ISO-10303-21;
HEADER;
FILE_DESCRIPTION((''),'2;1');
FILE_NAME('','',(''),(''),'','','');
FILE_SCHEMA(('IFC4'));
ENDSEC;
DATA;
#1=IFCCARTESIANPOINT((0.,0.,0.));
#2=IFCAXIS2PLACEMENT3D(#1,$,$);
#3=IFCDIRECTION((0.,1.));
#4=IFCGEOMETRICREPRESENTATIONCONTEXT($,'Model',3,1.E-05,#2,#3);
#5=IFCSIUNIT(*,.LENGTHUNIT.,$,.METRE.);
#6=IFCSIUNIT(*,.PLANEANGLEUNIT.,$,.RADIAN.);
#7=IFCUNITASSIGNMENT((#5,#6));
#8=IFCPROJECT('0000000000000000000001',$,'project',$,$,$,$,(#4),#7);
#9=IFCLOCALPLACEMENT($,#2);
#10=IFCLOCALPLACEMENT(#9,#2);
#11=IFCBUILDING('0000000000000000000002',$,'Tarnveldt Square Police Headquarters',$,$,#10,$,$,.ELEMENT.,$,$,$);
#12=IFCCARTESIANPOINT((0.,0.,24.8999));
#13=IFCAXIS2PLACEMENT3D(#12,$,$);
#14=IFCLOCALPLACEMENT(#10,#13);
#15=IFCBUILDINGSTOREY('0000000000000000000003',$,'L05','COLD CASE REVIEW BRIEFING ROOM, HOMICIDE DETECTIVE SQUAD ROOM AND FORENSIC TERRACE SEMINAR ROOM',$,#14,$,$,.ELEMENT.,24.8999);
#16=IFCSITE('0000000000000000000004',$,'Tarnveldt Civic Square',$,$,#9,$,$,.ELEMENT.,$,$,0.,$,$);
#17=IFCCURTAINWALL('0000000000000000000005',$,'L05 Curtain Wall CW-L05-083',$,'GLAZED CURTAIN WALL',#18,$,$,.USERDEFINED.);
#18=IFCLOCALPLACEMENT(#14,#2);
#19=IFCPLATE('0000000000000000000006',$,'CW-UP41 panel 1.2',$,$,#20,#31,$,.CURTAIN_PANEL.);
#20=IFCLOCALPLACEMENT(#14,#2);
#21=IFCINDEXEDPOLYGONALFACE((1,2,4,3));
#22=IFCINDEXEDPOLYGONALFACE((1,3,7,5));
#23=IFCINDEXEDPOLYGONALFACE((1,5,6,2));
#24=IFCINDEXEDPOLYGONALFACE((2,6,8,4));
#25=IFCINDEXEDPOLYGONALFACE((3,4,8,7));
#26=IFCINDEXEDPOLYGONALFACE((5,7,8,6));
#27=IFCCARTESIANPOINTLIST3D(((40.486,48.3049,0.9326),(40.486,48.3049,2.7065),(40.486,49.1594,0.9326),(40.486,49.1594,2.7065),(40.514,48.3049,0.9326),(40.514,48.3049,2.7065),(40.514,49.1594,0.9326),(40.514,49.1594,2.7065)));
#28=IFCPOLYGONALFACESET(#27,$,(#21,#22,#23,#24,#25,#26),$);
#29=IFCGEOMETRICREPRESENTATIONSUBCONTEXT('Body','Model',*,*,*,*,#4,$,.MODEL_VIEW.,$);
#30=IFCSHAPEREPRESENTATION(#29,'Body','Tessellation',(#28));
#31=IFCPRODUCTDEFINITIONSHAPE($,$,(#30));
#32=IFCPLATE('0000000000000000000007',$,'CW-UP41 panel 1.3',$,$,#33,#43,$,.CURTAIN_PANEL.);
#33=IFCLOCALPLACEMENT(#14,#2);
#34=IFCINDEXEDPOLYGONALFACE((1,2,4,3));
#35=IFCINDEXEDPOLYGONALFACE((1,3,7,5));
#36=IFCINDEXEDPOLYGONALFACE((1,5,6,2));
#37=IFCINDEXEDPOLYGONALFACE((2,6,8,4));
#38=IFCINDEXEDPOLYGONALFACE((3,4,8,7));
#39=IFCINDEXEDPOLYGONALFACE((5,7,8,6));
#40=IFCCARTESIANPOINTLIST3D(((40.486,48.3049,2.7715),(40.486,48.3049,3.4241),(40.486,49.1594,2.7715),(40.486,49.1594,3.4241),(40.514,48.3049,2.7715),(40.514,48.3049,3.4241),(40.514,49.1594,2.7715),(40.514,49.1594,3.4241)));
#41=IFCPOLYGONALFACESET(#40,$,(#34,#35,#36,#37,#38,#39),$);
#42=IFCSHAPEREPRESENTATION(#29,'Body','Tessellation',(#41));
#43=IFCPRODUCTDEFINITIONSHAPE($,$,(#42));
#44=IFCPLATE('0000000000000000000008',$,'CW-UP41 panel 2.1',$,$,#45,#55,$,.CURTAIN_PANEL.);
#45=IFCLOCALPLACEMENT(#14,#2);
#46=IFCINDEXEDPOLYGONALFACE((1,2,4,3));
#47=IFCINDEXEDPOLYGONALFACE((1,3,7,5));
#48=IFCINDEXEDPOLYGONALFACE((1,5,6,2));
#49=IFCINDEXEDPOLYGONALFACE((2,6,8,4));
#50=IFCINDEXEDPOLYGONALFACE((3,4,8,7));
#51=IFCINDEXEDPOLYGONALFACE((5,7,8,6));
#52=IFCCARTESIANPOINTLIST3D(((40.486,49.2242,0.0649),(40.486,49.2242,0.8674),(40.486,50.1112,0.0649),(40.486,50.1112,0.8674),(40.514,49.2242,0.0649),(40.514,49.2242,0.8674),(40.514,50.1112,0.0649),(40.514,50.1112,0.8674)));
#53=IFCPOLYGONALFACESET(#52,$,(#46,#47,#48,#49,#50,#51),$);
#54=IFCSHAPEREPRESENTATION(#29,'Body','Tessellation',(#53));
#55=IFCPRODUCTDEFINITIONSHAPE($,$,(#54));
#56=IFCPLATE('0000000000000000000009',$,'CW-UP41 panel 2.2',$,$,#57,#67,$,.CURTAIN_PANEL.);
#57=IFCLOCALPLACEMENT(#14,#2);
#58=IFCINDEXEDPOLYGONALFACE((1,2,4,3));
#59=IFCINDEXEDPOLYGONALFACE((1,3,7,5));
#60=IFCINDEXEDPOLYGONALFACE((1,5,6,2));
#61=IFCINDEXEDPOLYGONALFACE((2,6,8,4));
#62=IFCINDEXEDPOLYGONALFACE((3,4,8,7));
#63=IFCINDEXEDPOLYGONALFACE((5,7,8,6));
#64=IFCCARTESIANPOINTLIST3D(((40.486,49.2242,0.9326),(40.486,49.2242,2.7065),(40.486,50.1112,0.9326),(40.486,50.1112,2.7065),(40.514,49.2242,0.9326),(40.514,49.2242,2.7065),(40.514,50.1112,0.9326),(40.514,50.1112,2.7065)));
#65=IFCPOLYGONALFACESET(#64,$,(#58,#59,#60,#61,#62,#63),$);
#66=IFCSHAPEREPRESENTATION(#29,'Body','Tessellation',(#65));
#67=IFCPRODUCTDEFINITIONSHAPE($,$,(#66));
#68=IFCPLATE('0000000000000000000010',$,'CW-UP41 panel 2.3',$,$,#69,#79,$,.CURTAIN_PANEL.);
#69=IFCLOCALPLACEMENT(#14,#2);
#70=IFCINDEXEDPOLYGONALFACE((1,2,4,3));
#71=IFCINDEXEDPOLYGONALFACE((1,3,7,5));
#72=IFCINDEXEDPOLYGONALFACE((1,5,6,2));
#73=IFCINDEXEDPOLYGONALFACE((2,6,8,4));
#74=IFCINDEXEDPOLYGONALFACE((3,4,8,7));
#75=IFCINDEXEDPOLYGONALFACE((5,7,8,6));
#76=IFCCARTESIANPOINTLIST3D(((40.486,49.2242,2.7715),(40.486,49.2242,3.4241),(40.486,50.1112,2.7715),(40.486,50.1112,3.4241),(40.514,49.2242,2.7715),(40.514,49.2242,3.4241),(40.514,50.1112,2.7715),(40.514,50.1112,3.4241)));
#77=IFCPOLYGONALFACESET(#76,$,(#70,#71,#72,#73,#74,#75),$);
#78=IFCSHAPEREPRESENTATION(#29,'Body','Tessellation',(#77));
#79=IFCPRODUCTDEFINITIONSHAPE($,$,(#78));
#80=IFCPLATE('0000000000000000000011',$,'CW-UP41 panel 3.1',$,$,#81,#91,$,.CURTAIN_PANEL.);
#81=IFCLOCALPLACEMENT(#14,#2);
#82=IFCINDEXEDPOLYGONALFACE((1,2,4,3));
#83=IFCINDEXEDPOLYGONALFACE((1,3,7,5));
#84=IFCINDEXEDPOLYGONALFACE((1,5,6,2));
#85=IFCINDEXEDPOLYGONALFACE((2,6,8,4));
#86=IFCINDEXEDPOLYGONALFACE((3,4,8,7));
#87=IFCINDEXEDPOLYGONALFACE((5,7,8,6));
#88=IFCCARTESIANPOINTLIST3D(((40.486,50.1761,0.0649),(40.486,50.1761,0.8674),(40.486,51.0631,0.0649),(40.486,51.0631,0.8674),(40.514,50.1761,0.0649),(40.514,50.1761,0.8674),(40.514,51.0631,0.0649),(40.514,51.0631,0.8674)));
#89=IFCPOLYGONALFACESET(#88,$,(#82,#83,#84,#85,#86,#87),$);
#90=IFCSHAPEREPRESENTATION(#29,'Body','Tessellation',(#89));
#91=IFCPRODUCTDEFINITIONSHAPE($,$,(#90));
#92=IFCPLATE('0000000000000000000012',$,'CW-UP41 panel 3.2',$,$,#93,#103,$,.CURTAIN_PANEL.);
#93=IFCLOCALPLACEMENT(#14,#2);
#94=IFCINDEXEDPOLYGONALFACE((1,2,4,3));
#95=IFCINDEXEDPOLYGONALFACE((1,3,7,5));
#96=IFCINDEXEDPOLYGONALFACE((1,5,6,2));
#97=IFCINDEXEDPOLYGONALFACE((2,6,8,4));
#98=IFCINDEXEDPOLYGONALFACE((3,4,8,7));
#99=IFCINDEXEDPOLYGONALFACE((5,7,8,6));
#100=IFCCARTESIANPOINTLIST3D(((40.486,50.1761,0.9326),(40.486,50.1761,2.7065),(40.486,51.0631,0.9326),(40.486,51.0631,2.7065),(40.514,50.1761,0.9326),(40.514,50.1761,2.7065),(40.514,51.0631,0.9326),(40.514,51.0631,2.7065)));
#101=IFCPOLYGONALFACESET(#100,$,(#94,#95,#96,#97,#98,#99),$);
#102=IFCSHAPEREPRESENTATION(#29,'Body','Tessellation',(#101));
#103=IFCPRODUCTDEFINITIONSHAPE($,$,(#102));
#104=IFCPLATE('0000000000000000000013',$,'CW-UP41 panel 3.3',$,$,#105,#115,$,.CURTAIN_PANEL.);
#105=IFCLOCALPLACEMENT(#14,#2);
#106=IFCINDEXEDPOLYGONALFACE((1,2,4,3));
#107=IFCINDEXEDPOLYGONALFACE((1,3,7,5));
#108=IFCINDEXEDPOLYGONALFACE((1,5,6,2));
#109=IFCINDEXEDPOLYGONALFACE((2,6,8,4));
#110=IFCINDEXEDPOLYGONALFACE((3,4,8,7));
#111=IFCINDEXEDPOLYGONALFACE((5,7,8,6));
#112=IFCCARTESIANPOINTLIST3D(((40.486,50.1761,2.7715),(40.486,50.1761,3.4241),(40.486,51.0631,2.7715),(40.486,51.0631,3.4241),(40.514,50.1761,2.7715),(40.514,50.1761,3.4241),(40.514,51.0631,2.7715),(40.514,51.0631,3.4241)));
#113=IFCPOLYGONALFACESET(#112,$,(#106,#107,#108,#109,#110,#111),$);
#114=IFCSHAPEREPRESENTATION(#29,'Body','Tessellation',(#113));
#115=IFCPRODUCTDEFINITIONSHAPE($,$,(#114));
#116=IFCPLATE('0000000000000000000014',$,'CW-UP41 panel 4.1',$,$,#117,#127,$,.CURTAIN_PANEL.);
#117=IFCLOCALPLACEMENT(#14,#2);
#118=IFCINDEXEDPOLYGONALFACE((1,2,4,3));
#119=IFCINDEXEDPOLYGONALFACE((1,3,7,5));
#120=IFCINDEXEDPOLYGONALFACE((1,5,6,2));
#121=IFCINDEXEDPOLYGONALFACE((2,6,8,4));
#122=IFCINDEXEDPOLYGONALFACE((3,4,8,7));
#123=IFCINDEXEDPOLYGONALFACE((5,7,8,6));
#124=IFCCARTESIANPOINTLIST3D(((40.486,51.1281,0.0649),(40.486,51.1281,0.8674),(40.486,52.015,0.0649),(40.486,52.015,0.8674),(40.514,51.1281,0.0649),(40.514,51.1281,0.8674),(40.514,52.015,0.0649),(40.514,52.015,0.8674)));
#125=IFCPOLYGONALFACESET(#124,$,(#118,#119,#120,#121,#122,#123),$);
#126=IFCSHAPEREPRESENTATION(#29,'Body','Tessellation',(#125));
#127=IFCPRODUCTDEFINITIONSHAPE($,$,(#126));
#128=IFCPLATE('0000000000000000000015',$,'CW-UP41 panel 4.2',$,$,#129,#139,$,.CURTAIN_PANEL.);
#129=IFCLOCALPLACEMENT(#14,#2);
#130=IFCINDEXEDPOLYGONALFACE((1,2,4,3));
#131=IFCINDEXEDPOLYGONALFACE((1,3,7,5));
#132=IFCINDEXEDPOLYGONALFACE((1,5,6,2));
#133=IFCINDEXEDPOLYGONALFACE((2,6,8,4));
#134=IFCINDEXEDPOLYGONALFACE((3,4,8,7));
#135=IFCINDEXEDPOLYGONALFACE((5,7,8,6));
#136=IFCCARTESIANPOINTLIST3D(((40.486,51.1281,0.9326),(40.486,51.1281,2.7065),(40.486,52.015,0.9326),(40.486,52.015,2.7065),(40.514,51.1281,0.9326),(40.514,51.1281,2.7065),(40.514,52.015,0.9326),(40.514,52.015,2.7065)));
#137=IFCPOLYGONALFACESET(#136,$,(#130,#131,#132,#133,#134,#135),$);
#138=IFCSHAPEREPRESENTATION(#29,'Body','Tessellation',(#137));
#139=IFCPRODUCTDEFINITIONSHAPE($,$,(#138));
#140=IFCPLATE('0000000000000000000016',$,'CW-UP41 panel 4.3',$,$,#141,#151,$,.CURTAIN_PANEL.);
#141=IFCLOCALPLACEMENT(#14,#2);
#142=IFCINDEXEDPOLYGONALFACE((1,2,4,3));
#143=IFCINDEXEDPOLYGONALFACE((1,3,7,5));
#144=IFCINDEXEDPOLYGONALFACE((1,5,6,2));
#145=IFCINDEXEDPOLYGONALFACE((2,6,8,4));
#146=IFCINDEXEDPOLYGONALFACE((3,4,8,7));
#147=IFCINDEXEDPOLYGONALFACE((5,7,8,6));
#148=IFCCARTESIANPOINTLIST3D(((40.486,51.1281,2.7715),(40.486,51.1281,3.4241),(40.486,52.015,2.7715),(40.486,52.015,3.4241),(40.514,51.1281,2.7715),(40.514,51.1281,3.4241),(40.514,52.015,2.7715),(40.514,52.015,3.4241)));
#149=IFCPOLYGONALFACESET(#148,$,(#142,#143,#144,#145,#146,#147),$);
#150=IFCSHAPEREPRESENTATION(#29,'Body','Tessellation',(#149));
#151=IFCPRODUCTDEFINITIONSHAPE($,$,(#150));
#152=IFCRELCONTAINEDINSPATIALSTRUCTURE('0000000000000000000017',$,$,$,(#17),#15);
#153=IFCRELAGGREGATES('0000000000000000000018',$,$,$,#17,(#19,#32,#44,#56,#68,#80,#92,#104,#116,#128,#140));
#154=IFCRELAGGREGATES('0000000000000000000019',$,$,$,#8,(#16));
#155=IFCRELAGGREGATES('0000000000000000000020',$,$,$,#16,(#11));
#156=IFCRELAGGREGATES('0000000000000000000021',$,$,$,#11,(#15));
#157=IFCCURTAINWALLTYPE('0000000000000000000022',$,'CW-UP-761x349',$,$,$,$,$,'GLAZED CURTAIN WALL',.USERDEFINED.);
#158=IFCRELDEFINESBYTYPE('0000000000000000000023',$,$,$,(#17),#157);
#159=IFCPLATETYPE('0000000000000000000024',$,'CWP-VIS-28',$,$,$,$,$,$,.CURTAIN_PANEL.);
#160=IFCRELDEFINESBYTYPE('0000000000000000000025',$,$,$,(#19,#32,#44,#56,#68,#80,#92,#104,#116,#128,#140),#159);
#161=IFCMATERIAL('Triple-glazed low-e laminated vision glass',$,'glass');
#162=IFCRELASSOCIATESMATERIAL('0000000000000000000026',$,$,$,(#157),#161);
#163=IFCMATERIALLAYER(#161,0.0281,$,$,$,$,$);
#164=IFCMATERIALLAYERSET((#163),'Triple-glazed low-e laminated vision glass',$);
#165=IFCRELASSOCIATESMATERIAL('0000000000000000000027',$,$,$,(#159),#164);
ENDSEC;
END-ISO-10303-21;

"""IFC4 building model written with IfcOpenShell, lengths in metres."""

from ifc_helpers import new_model, si_unit, direction, frame, origin, origin_2d, place, context, subcontext, project, spatial, rectangle, extrude, material, layer, layer_set, type_object, element, aggregate, save


model = new_model("IFC4")

# Units and contexts
model_context = context("Model", 3, precision=1e-05, world=origin(), true_north=direction((0.0, 1.0)))
body_context = subcontext(model_context, "Body", "Model", "MODEL_VIEW")
ifc_project = project(units=[si_unit("LENGTHUNIT", "METRE"), si_unit("PLANEANGLEUNIT", "RADIAN")], contexts=[model_context])

# Site, building, storey
site_placement = place(None, origin())
site = spatial("IfcSite", under=ifc_project, at=site_placement, Name="Tarnveldt Civic Square", CompositionType="ELEMENT", RefElevation=0.0)
building_placement = place(site_placement, origin())
building = spatial("IfcBuilding", under=site, at=building_placement, Name="Tarnveldt Square Police Headquarters", CompositionType="ELEMENT")
storey_placement = place(building_placement, frame((0.0, 0.0, 24.8999)))
storey = spatial("IfcBuildingStorey", under=building, at=storey_placement, Name="L05", Description="COLD CASE REVIEW BRIEFING ROOM, HOMICIDE DETECTIVE SQUAD ROOM AND FORENSIC TERRACE SEMINAR ROOM", CompositionType="ELEMENT", Elevation=24.8999)

# Curtain wall, plates
ifc_material_1 = material(Name="Triple-glazed low-e laminated vision glass", Category="glass")
curtain_wall_type = type_object("IfcCurtainWallType", Name="CW-UP-761x349", ElementType="GLAZED CURTAIN WALL", PredefinedType="USERDEFINED", material=ifc_material_1)
curtain_wall_placement = place(storey_placement, origin())
curtain_wall = element("IfcCurtainWall", 1, at=curtain_wall_placement, inside=storey, type_object=curtain_wall_type, Name="L05 Curtain Wall CW-L05-083", ObjectType="GLAZED CURTAIN WALL", PredefinedType="USERDEFINED")
ifc_layer = layer(ifc_material_1, 0.0281)
ifc_layer_set = layer_set([ifc_layer], Name="Triple-glazed low-e laminated vision glass")
plate_type = type_object("IfcPlateType", Name="CWP-VIS-28", PredefinedType="CURTAIN_PANEL", material=ifc_layer_set)
plate_1_placement = place(storey_placement, frame((40.5, 48.7322, 0.9326), z_axis=(0.0, 0.0, 1.0), x_axis=(0.0, 1.0, 0.0)))
plate_1 = element("IfcPlate", 2, at=plate_1_placement, type_object=plate_type, Name="CW-UP41 panel 1.2", PredefinedType="CURTAIN_PANEL", context=body_context, shape_type="SweptSolid", body=[
    extrude(rectangle(XDim=0.8545, YDim=0.0281, at=origin_2d()), origin(), (0.0, 0.0, 1.0), 1.7739),
])
plate_2_placement = place(storey_placement, frame((40.5, 48.7322, 2.7715), z_axis=(0.0, 0.0, 1.0), x_axis=(0.0, 1.0, 0.0)))
plate_2 = element("IfcPlate", 3, at=plate_2_placement, type_object=plate_type, Name="CW-UP41 panel 1.3", PredefinedType="CURTAIN_PANEL", context=body_context, shape_type="SweptSolid", body=[
    extrude(rectangle(XDim=0.8545, YDim=0.0281, at=origin_2d()), origin(), (0.0, 0.0, 1.0), 0.6526),
])
plate_3_placement = place(storey_placement, frame((40.5, 49.6677, 0.0649), z_axis=(0.0, 0.0, 1.0), x_axis=(0.0, 1.0, 0.0)))
plate_3 = element("IfcPlate", 4, at=plate_3_placement, type_object=plate_type, Name="CW-UP41 panel 2.1", PredefinedType="CURTAIN_PANEL", context=body_context, shape_type="SweptSolid", body=[
    extrude(rectangle(XDim=0.887, YDim=0.0281, at=origin_2d()), origin(), (0.0, 0.0, 1.0), 0.8025),
])
plate_4_placement = place(storey_placement, frame((40.5, 49.6677, 0.9326), z_axis=(0.0, 0.0, 1.0), x_axis=(0.0, 1.0, 0.0)))
plate_4 = element("IfcPlate", 5, at=plate_4_placement, type_object=plate_type, Name="CW-UP41 panel 2.2", PredefinedType="CURTAIN_PANEL", context=body_context, shape_type="SweptSolid", body=[
    extrude(rectangle(XDim=0.887, YDim=0.0281, at=origin_2d()), origin(), (0.0, 0.0, 1.0), 1.7739),
])
plate_5_placement = place(storey_placement, frame((40.5, 49.6677, 2.7715), z_axis=(0.0, 0.0, 1.0), x_axis=(0.0, 1.0, 0.0)))
plate_5 = element("IfcPlate", 6, at=plate_5_placement, type_object=plate_type, Name="CW-UP41 panel 2.3", PredefinedType="CURTAIN_PANEL", context=body_context, shape_type="SweptSolid", body=[
    extrude(rectangle(XDim=0.887, YDim=0.0281, at=origin_2d()), origin(), (0.0, 0.0, 1.0), 0.6526),
])
plate_6_placement = place(storey_placement, frame((40.5, 50.6196, 0.0649), z_axis=(0.0, 0.0, 1.0), x_axis=(0.0, 1.0, 0.0)))
plate_6 = element("IfcPlate", 7, at=plate_6_placement, type_object=plate_type, Name="CW-UP41 panel 3.1", PredefinedType="CURTAIN_PANEL", context=body_context, shape_type="SweptSolid", body=[
    extrude(rectangle(XDim=0.887, YDim=0.0281, at=origin_2d()), origin(), (0.0, 0.0, 1.0), 0.8025),
])
plate_7_placement = place(storey_placement, frame((40.5, 50.6196, 0.9326), z_axis=(0.0, 0.0, 1.0), x_axis=(0.0, 1.0, 0.0)))
plate_7 = element("IfcPlate", 8, at=plate_7_placement, type_object=plate_type, Name="CW-UP41 panel 3.2", PredefinedType="CURTAIN_PANEL", context=body_context, shape_type="SweptSolid", body=[
    extrude(rectangle(XDim=0.887, YDim=0.0281, at=origin_2d()), origin(), (0.0, 0.0, 1.0), 1.7739),
])
plate_8_placement = place(storey_placement, frame((40.5, 50.6196, 2.7715), z_axis=(0.0, 0.0, 1.0), x_axis=(0.0, 1.0, 0.0)))
plate_8 = element("IfcPlate", 9, at=plate_8_placement, type_object=plate_type, Name="CW-UP41 panel 3.3", PredefinedType="CURTAIN_PANEL", context=body_context, shape_type="SweptSolid", body=[
    extrude(rectangle(XDim=0.887, YDim=0.0281, at=origin_2d()), origin(), (0.0, 0.0, 1.0), 0.6526),
])
plate_9_placement = place(storey_placement, frame((40.5, 51.5715, 0.0649), z_axis=(0.0, 0.0, 1.0), x_axis=(0.0, 1.0, 0.0)))
plate_9 = element("IfcPlate", 10, at=plate_9_placement, type_object=plate_type, Name="CW-UP41 panel 4.1", PredefinedType="CURTAIN_PANEL", context=body_context, shape_type="SweptSolid", body=[
    extrude(rectangle(XDim=0.887, YDim=0.0281, at=origin_2d()), origin(), (0.0, 0.0, 1.0), 0.8025),
])
plate_10_placement = place(storey_placement, frame((40.5, 51.5715, 0.9326), z_axis=(0.0, 0.0, 1.0), x_axis=(0.0, 1.0, 0.0)))
plate_10 = element("IfcPlate", 11, at=plate_10_placement, type_object=plate_type, Name="CW-UP41 panel 4.2", PredefinedType="CURTAIN_PANEL", context=body_context, shape_type="SweptSolid", body=[
    extrude(rectangle(XDim=0.887, YDim=0.0281, at=origin_2d()), origin(), (0.0, 0.0, 1.0), 1.7739),
])
plate_11_placement = place(storey_placement, frame((40.5, 51.5715, 2.7715), z_axis=(0.0, 0.0, 1.0), x_axis=(0.0, 1.0, 0.0)))
plate_11 = element("IfcPlate", 12, at=plate_11_placement, type_object=plate_type, Name="CW-UP41 panel 4.3", PredefinedType="CURTAIN_PANEL", context=body_context, shape_type="SweptSolid", body=[
    extrude(rectangle(XDim=0.887, YDim=0.0281, at=origin_2d()), origin(), (0.0, 0.0, 1.0), 0.6526),
])
aggregate(curtain_wall, [plate_1, plate_2, plate_3, plate_4, plate_5, plate_6, plate_7, plate_8, plate_9, plate_10, plate_11])

save(model, "model.ifc")
